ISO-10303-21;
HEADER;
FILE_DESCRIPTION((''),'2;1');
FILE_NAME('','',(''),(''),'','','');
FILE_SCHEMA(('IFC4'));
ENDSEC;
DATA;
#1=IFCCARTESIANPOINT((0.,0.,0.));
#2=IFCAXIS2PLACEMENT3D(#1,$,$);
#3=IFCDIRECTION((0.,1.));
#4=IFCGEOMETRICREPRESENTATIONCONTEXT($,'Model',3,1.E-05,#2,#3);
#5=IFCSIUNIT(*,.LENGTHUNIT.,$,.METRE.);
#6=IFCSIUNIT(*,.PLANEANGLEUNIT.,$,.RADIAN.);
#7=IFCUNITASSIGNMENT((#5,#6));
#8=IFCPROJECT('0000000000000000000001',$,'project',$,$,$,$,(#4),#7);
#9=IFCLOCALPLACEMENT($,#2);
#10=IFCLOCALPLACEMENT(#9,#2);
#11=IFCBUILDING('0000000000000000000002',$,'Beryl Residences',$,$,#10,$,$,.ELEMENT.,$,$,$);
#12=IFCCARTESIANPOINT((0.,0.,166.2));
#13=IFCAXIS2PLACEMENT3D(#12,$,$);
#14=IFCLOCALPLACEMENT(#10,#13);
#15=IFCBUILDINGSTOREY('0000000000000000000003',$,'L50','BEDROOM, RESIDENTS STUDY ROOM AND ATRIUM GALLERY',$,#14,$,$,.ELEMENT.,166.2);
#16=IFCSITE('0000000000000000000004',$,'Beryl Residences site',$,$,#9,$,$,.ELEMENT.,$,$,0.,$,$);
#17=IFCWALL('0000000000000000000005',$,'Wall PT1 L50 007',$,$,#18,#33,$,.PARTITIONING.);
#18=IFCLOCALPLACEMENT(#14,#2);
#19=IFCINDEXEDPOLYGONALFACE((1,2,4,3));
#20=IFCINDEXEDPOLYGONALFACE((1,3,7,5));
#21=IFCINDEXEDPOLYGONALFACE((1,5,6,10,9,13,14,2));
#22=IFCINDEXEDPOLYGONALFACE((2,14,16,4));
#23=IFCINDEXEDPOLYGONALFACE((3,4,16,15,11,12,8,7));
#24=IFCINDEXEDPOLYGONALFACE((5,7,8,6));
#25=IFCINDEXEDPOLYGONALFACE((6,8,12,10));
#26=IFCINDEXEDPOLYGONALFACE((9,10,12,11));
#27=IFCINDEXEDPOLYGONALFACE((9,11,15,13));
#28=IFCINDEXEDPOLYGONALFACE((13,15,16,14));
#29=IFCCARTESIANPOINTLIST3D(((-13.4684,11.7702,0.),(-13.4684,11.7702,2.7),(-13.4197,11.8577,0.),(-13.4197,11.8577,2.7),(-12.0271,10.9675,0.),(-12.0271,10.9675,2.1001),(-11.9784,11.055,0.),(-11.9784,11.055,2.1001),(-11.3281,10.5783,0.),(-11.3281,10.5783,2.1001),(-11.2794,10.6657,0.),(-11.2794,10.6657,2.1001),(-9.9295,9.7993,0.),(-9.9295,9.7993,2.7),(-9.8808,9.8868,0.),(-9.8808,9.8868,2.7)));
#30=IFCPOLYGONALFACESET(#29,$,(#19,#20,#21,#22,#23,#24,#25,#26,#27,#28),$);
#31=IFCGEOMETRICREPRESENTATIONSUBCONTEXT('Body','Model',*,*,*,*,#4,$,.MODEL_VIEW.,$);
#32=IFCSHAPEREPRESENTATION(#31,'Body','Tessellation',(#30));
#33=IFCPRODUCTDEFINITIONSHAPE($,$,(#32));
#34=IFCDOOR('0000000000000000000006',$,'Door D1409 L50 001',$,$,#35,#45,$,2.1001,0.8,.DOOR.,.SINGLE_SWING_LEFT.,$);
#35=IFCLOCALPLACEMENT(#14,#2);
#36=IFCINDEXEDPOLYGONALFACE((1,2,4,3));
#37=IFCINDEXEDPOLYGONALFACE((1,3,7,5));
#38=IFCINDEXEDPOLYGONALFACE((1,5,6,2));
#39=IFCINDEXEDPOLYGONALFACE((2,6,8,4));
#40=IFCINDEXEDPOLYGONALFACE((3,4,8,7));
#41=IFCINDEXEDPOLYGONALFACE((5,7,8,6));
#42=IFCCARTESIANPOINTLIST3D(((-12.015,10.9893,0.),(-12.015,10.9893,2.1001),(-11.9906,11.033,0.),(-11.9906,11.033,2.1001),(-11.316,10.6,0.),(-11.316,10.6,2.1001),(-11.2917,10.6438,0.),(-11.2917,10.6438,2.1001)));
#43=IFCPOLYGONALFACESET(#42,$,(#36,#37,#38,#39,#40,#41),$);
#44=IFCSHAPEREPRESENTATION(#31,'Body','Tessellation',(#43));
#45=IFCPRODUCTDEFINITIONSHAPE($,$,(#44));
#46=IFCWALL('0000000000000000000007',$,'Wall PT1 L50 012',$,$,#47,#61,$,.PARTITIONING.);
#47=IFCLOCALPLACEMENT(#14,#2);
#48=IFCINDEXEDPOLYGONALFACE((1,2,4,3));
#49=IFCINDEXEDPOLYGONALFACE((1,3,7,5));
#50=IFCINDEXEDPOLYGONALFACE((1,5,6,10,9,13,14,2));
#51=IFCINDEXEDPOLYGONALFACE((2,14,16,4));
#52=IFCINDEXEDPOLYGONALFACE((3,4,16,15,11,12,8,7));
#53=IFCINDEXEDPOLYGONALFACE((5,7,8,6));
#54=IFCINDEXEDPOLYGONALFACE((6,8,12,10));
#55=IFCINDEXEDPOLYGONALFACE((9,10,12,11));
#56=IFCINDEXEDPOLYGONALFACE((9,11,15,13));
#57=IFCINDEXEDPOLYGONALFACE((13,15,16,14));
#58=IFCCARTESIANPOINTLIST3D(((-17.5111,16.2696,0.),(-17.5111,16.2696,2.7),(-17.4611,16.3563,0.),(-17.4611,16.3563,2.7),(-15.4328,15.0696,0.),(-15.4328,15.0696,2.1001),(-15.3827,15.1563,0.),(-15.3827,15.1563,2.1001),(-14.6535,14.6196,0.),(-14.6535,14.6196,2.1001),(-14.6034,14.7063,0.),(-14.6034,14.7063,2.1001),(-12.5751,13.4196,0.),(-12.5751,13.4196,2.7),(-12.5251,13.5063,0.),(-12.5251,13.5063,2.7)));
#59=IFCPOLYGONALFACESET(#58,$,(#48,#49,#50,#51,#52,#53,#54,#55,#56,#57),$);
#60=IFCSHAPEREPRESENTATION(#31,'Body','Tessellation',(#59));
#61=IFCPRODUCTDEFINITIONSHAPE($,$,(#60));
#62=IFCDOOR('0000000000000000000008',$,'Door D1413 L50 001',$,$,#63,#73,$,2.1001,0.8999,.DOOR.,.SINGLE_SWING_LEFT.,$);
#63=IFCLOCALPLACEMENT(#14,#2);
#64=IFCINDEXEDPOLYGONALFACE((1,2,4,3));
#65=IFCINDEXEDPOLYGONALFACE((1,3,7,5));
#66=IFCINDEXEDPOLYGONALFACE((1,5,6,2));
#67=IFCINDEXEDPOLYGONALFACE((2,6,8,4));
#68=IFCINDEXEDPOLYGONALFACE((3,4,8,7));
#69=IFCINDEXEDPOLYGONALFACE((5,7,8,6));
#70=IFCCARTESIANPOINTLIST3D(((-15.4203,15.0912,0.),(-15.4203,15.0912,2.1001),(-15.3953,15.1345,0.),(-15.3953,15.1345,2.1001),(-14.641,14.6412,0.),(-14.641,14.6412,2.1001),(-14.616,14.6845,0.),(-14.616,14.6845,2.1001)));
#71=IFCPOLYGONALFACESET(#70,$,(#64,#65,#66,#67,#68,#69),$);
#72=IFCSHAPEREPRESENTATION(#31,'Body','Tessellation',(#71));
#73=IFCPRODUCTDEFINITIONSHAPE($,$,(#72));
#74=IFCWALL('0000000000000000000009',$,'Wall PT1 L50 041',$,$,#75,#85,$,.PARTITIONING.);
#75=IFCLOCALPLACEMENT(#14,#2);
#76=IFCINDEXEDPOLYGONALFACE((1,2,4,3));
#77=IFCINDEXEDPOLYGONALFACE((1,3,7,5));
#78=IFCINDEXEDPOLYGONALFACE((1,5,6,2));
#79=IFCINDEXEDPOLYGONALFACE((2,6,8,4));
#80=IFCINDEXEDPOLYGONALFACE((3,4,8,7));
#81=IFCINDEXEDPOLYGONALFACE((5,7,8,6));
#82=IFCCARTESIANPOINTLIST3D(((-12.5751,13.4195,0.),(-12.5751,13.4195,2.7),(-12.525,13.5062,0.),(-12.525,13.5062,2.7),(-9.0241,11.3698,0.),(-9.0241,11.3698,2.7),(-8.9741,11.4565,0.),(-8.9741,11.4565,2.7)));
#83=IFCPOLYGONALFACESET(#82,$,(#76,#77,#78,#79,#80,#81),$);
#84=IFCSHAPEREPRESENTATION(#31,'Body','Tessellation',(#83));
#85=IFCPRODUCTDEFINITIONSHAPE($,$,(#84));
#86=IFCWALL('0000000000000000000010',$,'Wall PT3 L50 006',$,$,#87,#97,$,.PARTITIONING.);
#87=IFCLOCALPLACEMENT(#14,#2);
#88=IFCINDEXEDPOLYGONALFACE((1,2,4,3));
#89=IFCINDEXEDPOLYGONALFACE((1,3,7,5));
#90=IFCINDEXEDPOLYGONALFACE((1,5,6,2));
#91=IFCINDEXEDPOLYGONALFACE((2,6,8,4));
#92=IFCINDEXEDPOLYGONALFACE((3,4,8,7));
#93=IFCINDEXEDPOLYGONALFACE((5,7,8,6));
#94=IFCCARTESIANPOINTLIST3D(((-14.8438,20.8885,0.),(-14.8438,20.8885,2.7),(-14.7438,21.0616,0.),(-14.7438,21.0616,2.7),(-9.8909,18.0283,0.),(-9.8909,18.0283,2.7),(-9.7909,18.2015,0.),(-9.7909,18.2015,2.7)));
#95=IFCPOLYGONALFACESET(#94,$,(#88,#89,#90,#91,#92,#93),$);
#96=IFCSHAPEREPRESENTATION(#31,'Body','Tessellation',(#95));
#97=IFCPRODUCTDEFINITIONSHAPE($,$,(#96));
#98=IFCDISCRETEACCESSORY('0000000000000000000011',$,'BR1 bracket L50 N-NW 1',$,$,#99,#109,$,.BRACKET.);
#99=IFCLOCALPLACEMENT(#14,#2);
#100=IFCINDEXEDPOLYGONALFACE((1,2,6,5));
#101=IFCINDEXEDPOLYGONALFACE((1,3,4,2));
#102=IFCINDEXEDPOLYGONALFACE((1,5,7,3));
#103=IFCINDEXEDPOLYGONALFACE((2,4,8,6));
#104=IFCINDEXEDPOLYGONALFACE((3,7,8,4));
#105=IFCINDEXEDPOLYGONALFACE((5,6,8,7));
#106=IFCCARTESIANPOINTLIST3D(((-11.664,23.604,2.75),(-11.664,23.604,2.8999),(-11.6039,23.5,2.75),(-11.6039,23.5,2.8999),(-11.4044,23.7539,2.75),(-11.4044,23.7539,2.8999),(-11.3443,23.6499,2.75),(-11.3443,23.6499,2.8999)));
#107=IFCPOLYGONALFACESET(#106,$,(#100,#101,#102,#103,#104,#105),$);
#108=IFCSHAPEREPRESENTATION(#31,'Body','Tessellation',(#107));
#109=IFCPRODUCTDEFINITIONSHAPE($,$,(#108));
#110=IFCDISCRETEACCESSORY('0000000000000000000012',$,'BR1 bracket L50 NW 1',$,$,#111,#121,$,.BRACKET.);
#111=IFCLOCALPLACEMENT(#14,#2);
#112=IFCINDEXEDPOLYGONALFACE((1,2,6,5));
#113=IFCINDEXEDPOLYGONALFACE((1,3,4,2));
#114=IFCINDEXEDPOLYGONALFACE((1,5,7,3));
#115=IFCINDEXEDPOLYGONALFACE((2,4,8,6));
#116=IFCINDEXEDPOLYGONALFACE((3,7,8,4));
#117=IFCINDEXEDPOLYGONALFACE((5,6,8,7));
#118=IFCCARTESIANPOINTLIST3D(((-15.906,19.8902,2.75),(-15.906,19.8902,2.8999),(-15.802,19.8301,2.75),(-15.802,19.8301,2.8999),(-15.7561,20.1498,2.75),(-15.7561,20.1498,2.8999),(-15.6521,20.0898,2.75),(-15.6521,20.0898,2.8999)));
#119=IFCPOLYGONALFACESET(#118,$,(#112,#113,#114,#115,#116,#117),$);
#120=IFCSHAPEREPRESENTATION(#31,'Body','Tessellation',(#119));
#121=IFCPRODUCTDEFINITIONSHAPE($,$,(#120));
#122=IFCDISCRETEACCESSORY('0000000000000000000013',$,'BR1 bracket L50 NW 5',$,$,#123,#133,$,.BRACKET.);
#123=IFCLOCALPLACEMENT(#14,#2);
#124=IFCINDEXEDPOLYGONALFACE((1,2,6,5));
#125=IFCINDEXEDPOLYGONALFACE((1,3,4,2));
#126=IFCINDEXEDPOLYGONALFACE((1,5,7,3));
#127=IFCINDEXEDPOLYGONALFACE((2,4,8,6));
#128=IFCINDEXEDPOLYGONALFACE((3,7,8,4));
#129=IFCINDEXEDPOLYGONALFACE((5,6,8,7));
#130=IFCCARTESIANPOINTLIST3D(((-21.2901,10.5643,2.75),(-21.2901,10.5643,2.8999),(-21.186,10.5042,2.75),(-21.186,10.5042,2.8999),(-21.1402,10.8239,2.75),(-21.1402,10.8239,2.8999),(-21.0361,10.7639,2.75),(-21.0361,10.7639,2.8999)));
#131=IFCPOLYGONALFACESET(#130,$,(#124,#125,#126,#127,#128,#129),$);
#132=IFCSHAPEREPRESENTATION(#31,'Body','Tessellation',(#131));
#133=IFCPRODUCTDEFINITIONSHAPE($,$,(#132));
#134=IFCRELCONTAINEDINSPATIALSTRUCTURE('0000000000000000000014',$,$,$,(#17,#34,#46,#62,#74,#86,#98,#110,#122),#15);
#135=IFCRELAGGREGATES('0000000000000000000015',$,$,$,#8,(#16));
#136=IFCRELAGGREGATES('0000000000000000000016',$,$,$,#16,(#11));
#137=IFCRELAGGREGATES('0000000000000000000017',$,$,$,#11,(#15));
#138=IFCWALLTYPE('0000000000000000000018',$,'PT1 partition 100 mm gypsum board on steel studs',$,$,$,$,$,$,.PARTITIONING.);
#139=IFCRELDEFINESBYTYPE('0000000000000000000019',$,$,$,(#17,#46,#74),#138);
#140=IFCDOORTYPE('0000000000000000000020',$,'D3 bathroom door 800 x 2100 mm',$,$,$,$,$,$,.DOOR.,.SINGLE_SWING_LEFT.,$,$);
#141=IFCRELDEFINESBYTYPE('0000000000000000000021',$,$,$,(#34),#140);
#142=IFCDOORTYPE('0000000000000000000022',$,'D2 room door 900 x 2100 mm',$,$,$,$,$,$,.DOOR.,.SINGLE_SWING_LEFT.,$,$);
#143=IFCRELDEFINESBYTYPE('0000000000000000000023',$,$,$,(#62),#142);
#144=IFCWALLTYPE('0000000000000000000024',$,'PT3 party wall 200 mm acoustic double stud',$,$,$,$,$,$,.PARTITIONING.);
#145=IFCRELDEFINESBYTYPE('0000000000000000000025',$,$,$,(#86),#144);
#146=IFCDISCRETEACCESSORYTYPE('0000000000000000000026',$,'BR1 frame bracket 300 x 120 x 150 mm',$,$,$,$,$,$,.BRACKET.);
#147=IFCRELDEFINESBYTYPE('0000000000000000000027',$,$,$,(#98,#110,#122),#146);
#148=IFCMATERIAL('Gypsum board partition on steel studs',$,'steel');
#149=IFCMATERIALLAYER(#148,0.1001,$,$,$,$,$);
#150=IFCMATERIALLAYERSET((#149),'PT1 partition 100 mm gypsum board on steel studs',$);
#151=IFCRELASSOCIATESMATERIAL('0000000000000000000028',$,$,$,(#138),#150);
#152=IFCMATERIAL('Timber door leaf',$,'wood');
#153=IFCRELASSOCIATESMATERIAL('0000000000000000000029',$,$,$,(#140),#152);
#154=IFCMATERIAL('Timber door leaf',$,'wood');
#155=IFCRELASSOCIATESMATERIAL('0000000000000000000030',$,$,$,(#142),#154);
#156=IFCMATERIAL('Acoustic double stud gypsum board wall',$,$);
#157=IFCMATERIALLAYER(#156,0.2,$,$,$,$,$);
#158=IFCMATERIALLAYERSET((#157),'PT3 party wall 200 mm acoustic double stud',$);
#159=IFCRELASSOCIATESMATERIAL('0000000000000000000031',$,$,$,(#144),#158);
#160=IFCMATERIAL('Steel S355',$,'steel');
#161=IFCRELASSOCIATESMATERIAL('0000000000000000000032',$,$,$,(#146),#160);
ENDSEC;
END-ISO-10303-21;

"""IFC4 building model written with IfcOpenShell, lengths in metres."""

from ifc_helpers import new_model, si_unit, direction, frame, frame_2d, origin, place, context, subcontext, project, spatial, polyline, rectangle, outline, extrude, source, transform, mapped, material, layer, layer_set, type_object, type_shapes, element, fill, save


model = new_model("IFC4")

# Units and contexts
model_context = context("Model", 3, precision=1e-05, world=origin(), true_north=direction((0.0, 1.0)))
body_context = subcontext(model_context, "Body", "Model", "MODEL_VIEW")
ifc_project = project(units=[si_unit("LENGTHUNIT", "METRE"), si_unit("PLANEANGLEUNIT", "RADIAN")], contexts=[model_context])

# Site, building, storey
site_placement = place(None, origin())
site = spatial("IfcSite", under=ifc_project, at=site_placement, Name="Beryl Residences site", CompositionType="ELEMENT", RefElevation=0.0)
building_placement = place(site_placement, origin())
building = spatial("IfcBuilding", under=site, at=building_placement, Name="Beryl Residences", CompositionType="ELEMENT")
storey_placement = place(building_placement, frame((0.0, 0.0, 166.2)))
storey = spatial("IfcBuildingStorey", under=building, at=storey_placement, Name="L50", Description="BEDROOM, RESIDENTS STUDY ROOM AND ATRIUM GALLERY", CompositionType="ELEMENT", Elevation=166.2)

# Walls, openings, doors
ifc_material_1 = material(Name="Gypsum board partition on steel studs", Category="steel")
ifc_layer_1 = layer(ifc_material_1, 0.1001)
ifc_layer_set_1 = layer_set([ifc_layer_1], Name="PT1 partition 100 mm gypsum board on steel studs")
wall_type_1 = type_object("IfcWallType", Name="PT1 partition 100 mm gypsum board on steel studs", PredefinedType="PARTITIONING", material=ifc_layer_set_1)
wall_1_placement = place(storey_placement, frame((-13.4441, 11.814, 0.0), z_axis=(0.0, 0.0, 1.0), x_axis=(0.873654, -0.486548, 0.0)))
wall_1 = element("IfcWall", 1, at=wall_1_placement, inside=storey, type_object=wall_type_1, Name="Wall PT1 L50 007", PredefinedType="PARTITIONING", context=body_context, shape_type="SweptSolid", body=[
    extrude(rectangle(XDim=4.0508, YDim=0.1001, at=frame_2d((2.0254, 0.0))), origin(), (0.0, 0.0, 1.0), 2.7),
])
opening_1_placement = place(wall_1_placement, frame((1.6499, 0.0, 0.0)))
opening_1 = element("IfcOpeningElement", 2, at=opening_1_placement, cuts=wall_1, PredefinedType="OPENING", context=body_context, shape_type="SweptSolid", body=[
    extrude(rectangle(XDim=0.8, YDim=2.1001, at=frame_2d((0.3999, 1.05))), frame((0.0, 0.0601, 0.0), z_axis=(0.0, -1.0, 0.0), x_axis=(1.0, 0.0, 0.0)), (0.0, 0.0, 1.0), 0.1201),
])
ifc_material_2 = material(Name="Timber door leaf", Category="wood")
door_type_1 = type_object("IfcDoorType", Name="D3 bathroom door 800 x 2100 mm", OperationType="SINGLE_SWING_LEFT", PredefinedType="DOOR", material=ifc_material_2)
door_1_placement = place(opening_1_placement, origin())
door_1 = element("IfcDoor", 3, at=door_1_placement, inside=storey, type_object=door_type_1, Name="Door D1409 L50 001", OperationType="SINGLE_SWING_LEFT", OverallHeight=2.1001, OverallWidth=0.8, PredefinedType="DOOR", context=body_context, shape_type="SweptSolid", body=[
    extrude(rectangle(XDim=0.8, YDim=2.1001, at=frame_2d((0.3999, 1.05))), frame((0.0, 0.0249, 0.0), z_axis=(0.0, -1.0, 0.0), x_axis=(1.0, 0.0, 0.0)), (0.0, 0.0, 1.0), 0.05),
])
fill(opening_1, door_1)
wall_2_placement = place(storey_placement, frame((-17.4861, 16.313, 0.0), z_axis=(0.0, 0.0, 1.0), x_axis=(0.866004, -0.500036, 0.0)))
wall_2 = element("IfcWall", 4, at=wall_2_placement, inside=storey, type_object=wall_type_1, Name="Wall PT1 L50 012", PredefinedType="PARTITIONING", context=body_context, shape_type="SweptSolid", body=[
    extrude(rectangle(XDim=5.6997, YDim=0.1001, at=frame_2d((2.8499, 0.0))), origin(), (0.0, 0.0, 1.0), 2.7),
])
opening_2_placement = place(wall_2_placement, frame((2.3999, 0.0, 0.0)))
opening_2 = element("IfcOpeningElement", 5, at=opening_2_placement, cuts=wall_2, PredefinedType="OPENING", context=body_context, shape_type="SweptSolid", body=[
    extrude(rectangle(XDim=0.8999, YDim=2.1001, at=frame_2d((0.45, 1.05))), frame((0.0, 0.0601, 0.0), z_axis=(0.0, -1.0, 0.0), x_axis=(1.0, 0.0, 0.0)), (0.0, 0.0, 1.0), 0.1201),
])
ifc_material_3 = material(Name="Timber door leaf", Category="wood")
door_type_2 = type_object("IfcDoorType", Name="D2 room door 900 x 2100 mm", OperationType="SINGLE_SWING_LEFT", PredefinedType="DOOR", material=ifc_material_3)
door_2_placement = place(opening_2_placement, origin())
door_2 = element("IfcDoor", 6, at=door_2_placement, inside=storey, type_object=door_type_2, Name="Door D1413 L50 001", OperationType="SINGLE_SWING_LEFT", OverallHeight=2.1001, OverallWidth=0.8999, PredefinedType="DOOR", context=body_context, shape_type="SweptSolid", body=[
    extrude(rectangle(XDim=0.8999, YDim=2.1001, at=frame_2d((0.45, 1.05))), frame((0.0, 0.0249, 0.0), z_axis=(0.0, -1.0, 0.0), x_axis=(1.0, 0.0, 0.0)), (0.0, 0.0, 1.0), 0.05),
])
fill(opening_2, door_2)

# Walls
wall_3_placement = place(storey_placement, frame((-12.55, 13.4629, 0.0), z_axis=(0.0, 0.0, 1.0), x_axis=(0.866066, -0.49993, 0.0)))
element("IfcWall", 7, at=wall_3_placement, inside=storey, type_object=wall_type_1, Name="Wall PT1 L50 041", PredefinedType="PARTITIONING", context=body_context, shape_type="SweptSolid", body=[
    extrude(rectangle(XDim=4.1001, YDim=0.1001, at=frame_2d((2.05, 0.0))), origin(), (0.0, 0.0, 1.0), 2.7),
])
ifc_material_4 = material(Name="Acoustic double stud gypsum board wall")
ifc_layer_2 = layer(ifc_material_4, 0.2)
ifc_layer_set_2 = layer_set([ifc_layer_2], Name="PT3 party wall 200 mm acoustic double stud")
wall_type_2 = type_object("IfcWallType", Name="PT3 party wall 200 mm acoustic double stud", PredefinedType="PARTITIONING", material=ifc_layer_set_2)
wall_4_placement = place(storey_placement, frame((-14.7939, 20.9751, 0.0), z_axis=(0.0, 0.0, 1.0), x_axis=(0.865983, -0.500073, 0.0)))
element("IfcWall", 8, at=wall_4_placement, inside=storey, type_object=wall_type_2, Name="Wall PT3 L50 006", PredefinedType="PARTITIONING", context=body_context, shape_type="SweptSolid", body=[
    extrude(rectangle(XDim=5.7195, YDim=0.2, at=frame_2d((2.8599, 0.0))), origin(), (0.0, 0.0, 1.0), 2.7),
])

# Discrete accessories
ifc_material_5 = material(Name="Steel S355", Category="steel")
discrete_accessory_type = type_object("IfcDiscreteAccessoryType", Name="BR1 frame bracket 300 x 120 x 150 mm", PredefinedType="BRACKET", material=ifc_material_5)
shared_shape_1 = source(origin(), body_context, "Body", "SweptSolid", [
    extrude(outline(polyline([(-0.1499, 0.0), (0.1499, 0.0), (0.1499, 0.1201), (-0.1499, 0.1201), (-0.1499, 0.0)])), origin(), (0.0, 0.0, 1.0), 0.1499),
])
type_shapes(discrete_accessory_type, [shared_shape_1])
for number, where, z_axis, x_axis, name in (
    (9, (-11.4741, 23.575, 2.75), (0.0, 0.0, 1.0), (0.866025, 0.5, 0.0), "BR1 bracket L50 N-NW 1"),
    (10, (-15.7271, 19.96, 2.75), (0.0, 0.0, 1.0), (0.5, 0.866025, 0.0), "BR1 bracket L50 NW 1"),
    (11, (-21.1111, 10.634, 2.75), (0.0, 0.0, 1.0), (0.5, 0.866025, 0.0), "BR1 bracket L50 NW 5"),
):
    element("IfcDiscreteAccessory", number, at=place(storey_placement, frame(where, z_axis=z_axis, x_axis=x_axis)), inside=storey, type_object=discrete_accessory_type, Name=name, PredefinedType="BRACKET", context=body_context, shape_type="MappedRepresentation", body=[
        mapped(shared_shape_1, transform((0.0, 0.0, 0.0))),
    ])

save(model, "model.ifc")
